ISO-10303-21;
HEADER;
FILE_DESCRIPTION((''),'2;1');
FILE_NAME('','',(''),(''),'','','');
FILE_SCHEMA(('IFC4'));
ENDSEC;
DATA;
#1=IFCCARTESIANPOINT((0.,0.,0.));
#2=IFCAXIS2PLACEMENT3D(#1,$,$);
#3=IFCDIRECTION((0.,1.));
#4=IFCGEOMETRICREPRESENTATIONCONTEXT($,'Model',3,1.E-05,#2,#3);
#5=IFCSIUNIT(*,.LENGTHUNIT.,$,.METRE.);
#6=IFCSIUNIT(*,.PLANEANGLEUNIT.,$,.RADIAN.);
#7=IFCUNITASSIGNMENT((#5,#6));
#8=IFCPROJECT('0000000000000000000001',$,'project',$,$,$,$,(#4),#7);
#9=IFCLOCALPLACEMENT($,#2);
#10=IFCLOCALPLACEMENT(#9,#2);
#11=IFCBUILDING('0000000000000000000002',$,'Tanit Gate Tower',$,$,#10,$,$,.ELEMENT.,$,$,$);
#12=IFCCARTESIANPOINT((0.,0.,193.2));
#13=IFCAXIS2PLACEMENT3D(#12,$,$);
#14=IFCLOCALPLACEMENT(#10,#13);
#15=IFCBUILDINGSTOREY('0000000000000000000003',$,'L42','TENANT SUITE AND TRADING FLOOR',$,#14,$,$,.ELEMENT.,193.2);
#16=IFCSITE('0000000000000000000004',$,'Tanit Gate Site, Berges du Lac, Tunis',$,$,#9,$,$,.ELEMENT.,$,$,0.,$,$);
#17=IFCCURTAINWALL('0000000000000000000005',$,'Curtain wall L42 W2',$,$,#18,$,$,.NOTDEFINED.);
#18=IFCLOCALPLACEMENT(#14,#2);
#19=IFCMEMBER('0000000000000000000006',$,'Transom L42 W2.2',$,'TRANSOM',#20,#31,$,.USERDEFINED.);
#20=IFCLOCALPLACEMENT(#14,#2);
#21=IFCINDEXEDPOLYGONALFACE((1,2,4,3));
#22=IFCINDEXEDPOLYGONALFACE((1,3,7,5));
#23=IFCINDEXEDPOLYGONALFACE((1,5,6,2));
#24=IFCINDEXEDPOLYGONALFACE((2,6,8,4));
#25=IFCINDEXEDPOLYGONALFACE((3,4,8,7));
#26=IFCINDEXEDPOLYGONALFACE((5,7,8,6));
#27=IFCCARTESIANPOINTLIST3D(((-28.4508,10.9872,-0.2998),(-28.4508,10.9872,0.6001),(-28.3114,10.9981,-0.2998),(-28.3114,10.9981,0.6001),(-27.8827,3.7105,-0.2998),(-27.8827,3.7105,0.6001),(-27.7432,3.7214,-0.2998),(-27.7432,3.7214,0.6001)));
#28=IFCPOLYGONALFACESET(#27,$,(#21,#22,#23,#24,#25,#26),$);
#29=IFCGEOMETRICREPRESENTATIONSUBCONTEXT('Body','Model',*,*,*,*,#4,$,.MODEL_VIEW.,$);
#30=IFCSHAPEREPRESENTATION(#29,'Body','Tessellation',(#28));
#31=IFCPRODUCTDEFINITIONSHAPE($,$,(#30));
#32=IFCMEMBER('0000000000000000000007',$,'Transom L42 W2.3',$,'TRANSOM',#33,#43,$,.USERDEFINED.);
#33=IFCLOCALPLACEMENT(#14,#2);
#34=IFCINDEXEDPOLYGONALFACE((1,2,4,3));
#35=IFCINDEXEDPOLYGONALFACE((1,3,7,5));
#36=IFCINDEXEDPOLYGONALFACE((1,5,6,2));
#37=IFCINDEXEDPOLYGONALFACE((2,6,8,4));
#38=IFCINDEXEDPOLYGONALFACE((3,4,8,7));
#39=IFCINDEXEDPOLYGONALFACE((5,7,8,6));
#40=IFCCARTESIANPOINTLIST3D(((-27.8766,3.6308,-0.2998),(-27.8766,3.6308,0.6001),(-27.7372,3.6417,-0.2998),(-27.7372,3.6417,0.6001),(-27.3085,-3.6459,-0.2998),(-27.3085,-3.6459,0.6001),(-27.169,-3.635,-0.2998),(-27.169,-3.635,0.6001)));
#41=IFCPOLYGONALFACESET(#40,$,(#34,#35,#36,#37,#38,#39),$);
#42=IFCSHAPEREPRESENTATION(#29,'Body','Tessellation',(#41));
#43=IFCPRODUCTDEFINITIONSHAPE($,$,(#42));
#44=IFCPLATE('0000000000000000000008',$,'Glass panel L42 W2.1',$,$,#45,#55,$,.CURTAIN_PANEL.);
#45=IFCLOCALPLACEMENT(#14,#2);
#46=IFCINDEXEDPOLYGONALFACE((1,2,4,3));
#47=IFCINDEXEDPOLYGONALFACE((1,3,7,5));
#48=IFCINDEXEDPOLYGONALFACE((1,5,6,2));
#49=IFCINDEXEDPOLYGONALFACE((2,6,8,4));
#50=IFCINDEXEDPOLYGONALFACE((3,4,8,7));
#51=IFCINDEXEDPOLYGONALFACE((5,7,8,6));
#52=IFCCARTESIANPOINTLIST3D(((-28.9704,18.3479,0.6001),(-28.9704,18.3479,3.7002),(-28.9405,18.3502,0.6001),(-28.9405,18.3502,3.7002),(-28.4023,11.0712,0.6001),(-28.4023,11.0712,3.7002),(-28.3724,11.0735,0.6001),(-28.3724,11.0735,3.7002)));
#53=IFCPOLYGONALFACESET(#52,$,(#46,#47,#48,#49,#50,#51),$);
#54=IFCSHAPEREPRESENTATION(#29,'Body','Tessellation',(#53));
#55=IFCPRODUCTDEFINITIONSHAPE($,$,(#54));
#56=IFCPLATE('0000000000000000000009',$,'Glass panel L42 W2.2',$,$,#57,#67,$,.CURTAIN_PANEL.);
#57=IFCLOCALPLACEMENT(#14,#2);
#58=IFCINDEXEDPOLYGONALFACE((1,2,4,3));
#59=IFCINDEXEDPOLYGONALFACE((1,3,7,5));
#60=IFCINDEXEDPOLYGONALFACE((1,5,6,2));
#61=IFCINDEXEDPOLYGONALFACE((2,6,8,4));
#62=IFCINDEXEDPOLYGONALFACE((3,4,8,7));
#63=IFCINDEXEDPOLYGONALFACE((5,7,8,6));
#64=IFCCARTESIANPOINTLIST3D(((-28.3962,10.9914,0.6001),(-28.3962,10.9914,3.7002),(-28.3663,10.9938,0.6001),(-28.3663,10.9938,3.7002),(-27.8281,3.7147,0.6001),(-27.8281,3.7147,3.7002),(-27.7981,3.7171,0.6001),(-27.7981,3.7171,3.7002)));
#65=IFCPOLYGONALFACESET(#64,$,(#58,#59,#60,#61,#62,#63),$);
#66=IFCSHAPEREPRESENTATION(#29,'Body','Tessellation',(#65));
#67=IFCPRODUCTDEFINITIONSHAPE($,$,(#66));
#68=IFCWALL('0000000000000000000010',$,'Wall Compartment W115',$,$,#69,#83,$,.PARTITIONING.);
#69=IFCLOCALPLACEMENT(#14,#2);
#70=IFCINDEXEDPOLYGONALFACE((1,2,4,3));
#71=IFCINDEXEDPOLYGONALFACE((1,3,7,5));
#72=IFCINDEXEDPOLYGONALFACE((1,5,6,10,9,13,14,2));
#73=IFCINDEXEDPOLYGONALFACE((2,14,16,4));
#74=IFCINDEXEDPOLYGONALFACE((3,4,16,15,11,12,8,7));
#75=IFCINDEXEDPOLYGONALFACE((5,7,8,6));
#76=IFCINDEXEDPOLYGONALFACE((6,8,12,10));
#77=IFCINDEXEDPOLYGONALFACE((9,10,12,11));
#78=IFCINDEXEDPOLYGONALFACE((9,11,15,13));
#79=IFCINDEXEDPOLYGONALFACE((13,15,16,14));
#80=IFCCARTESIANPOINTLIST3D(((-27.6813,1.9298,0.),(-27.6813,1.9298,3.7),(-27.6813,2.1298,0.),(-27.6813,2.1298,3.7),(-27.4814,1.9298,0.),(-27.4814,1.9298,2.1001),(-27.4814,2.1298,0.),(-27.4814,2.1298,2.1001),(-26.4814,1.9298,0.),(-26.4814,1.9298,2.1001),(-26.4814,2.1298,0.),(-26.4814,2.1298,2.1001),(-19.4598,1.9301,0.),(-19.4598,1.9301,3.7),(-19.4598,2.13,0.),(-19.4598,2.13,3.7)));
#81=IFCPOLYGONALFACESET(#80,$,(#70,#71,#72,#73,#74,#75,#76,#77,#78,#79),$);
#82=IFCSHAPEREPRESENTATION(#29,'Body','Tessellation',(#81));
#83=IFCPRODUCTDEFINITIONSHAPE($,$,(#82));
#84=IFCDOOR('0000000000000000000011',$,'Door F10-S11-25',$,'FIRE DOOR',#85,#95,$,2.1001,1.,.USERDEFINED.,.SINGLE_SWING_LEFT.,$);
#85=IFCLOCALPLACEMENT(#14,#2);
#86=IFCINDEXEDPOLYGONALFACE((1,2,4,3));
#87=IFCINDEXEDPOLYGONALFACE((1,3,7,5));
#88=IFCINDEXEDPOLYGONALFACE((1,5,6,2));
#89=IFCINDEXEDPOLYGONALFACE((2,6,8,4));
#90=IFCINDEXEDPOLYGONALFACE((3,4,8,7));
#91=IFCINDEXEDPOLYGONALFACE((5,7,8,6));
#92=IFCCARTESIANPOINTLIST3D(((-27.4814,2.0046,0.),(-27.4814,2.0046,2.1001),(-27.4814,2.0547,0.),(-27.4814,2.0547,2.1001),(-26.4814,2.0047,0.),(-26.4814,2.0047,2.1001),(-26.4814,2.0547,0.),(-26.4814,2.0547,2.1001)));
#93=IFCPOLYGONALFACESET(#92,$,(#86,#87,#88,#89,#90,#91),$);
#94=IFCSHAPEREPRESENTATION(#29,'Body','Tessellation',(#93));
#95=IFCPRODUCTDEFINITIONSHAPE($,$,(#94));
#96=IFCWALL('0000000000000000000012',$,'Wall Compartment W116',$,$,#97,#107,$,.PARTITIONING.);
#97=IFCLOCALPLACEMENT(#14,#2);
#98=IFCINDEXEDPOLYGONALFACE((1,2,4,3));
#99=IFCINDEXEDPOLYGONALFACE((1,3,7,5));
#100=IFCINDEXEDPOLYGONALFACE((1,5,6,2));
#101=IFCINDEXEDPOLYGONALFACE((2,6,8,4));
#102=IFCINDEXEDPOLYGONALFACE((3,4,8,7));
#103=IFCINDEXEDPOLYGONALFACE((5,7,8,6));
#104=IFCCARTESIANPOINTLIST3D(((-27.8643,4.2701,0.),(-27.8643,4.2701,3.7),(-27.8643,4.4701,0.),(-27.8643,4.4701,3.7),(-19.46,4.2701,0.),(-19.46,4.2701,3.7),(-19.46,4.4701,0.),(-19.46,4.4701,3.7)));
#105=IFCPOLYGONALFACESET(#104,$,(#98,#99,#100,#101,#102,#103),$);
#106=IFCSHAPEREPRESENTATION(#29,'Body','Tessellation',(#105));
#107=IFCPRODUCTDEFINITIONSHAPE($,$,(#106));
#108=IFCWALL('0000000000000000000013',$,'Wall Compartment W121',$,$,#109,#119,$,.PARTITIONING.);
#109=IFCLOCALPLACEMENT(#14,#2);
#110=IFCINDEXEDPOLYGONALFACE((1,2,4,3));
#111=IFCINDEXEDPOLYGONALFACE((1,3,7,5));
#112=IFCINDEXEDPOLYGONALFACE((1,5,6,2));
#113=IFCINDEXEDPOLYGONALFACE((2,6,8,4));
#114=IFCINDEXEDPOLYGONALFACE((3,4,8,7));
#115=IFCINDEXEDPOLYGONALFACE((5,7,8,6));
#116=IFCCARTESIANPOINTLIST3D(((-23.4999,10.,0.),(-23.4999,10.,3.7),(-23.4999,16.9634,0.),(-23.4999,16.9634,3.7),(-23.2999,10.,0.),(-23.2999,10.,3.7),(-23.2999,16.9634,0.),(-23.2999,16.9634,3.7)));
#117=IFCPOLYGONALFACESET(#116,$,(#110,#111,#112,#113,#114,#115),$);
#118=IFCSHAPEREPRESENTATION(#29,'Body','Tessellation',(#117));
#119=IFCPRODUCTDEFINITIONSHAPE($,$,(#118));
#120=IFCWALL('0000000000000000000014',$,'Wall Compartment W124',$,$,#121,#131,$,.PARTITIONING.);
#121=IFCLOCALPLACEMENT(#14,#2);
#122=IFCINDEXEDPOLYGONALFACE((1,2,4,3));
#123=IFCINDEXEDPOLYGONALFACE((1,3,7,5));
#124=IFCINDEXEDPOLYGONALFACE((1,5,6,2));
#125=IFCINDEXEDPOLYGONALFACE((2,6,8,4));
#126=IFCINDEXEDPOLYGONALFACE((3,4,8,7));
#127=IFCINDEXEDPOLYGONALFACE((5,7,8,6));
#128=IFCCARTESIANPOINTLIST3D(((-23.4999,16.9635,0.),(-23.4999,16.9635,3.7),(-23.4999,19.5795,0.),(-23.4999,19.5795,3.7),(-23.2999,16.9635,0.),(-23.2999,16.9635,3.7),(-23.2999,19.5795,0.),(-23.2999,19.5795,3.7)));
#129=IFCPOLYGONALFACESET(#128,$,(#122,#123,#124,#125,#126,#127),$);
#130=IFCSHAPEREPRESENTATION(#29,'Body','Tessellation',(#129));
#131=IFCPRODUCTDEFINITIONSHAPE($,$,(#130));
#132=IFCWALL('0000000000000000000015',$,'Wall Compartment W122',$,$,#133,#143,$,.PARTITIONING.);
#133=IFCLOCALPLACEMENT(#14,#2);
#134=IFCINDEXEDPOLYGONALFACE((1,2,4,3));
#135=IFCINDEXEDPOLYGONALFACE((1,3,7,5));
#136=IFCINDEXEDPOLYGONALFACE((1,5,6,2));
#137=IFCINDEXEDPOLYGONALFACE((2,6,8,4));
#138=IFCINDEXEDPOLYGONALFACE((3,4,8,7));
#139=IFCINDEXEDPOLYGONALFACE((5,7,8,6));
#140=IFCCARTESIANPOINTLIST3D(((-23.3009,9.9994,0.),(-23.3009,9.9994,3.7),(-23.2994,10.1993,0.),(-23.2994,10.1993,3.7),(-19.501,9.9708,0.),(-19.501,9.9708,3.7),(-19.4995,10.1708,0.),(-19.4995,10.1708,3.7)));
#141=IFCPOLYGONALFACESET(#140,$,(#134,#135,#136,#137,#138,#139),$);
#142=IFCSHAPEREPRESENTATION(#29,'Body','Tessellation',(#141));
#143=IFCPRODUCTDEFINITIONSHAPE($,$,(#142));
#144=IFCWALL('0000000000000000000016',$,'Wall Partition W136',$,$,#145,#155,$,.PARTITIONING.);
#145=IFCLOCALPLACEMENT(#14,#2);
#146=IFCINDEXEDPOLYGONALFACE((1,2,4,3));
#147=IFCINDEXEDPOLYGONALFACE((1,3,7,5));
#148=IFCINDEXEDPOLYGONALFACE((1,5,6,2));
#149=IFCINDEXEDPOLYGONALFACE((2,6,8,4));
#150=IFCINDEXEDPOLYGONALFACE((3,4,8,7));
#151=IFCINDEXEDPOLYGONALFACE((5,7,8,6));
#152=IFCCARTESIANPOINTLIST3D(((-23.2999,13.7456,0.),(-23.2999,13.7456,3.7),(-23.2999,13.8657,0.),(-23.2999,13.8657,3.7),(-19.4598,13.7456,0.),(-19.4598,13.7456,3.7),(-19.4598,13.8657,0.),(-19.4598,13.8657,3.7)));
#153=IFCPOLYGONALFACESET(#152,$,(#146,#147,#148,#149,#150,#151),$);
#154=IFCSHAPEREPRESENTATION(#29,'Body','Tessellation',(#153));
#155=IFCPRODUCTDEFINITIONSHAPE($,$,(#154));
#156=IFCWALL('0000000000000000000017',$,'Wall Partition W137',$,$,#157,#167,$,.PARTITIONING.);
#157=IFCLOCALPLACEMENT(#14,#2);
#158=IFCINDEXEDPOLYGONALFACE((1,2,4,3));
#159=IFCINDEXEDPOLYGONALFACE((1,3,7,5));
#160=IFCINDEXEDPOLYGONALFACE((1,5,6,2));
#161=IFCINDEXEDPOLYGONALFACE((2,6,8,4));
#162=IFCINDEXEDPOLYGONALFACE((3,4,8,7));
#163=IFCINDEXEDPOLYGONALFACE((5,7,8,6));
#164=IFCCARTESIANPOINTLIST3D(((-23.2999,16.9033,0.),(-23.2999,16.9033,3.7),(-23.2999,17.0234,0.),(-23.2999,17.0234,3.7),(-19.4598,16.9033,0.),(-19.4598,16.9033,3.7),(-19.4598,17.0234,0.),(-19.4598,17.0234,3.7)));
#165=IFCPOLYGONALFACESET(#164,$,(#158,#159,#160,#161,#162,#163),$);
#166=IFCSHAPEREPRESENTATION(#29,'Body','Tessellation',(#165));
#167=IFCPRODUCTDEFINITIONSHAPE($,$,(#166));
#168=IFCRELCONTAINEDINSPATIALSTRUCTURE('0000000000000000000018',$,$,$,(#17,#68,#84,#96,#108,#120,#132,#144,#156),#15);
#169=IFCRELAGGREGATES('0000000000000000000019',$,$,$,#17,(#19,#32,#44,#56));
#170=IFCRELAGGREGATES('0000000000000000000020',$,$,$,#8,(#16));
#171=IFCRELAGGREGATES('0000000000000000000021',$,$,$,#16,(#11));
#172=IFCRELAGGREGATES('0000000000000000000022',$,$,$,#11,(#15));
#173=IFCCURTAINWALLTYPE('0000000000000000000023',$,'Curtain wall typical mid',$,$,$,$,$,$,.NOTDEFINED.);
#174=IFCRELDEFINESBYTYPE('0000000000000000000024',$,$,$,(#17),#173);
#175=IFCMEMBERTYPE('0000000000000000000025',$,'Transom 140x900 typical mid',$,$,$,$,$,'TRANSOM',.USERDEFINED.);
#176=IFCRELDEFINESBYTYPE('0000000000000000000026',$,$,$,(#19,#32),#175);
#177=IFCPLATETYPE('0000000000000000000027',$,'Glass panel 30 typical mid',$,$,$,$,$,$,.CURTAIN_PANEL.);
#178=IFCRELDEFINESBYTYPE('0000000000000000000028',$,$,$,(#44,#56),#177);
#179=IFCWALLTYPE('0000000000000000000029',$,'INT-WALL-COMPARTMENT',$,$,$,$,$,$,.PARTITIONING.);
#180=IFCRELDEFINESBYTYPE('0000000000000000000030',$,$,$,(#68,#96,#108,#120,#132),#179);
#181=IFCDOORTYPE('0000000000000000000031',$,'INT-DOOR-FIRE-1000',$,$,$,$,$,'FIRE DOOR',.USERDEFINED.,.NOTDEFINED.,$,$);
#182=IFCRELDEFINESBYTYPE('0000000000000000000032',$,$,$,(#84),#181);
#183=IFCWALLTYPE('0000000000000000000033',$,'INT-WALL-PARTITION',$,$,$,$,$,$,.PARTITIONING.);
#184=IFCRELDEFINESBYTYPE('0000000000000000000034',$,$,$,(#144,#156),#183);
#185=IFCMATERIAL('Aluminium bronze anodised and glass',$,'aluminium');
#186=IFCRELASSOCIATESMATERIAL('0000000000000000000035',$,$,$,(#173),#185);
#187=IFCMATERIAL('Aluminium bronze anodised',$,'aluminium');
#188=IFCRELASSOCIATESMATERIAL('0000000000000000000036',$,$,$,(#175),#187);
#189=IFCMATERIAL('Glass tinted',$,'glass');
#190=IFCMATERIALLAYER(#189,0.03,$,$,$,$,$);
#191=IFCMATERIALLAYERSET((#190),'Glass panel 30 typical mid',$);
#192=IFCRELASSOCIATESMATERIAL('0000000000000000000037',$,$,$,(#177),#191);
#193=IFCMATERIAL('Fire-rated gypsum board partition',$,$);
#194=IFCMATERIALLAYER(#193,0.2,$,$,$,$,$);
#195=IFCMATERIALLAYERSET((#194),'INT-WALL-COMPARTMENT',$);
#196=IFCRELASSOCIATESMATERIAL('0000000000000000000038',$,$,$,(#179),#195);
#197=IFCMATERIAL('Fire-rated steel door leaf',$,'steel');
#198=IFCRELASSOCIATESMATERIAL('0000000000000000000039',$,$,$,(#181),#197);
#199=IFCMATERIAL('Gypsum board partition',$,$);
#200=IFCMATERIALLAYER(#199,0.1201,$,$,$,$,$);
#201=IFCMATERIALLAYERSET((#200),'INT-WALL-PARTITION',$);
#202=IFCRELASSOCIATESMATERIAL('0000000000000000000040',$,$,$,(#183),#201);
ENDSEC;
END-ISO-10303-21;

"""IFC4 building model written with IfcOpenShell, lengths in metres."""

from ifc_helpers import new_model, si_unit, direction, frame, frame_2d, origin, origin_2d, place, context, subcontext, project, spatial, rectangle, extrude, material, layer, layer_set, material_profile, profile_set, type_object, element, fill, aggregate, save


model = new_model("IFC4")

# Units and contexts
model_context = context("Model", 3, precision=1e-05, world=origin(), true_north=direction((0.0, 1.0)))
body_context = subcontext(model_context, "Body", "Model", "MODEL_VIEW")
ifc_project = project(units=[si_unit("LENGTHUNIT", "METRE"), si_unit("PLANEANGLEUNIT", "RADIAN")], contexts=[model_context])

# Site, building, storey
site_placement = place(None, origin())
site = spatial("IfcSite", under=ifc_project, at=site_placement, Name="Tanit Gate Site, Berges du Lac, Tunis", CompositionType="ELEMENT", RefElevation=0.0)
building_placement = place(site_placement, origin())
building = spatial("IfcBuilding", under=site, at=building_placement, Name="Tanit Gate Tower", CompositionType="ELEMENT")
storey_placement = place(building_placement, frame((0.0, 0.0, 193.2)))
storey = spatial("IfcBuildingStorey", under=building, at=storey_placement, Name="L42", Description="TENANT SUITE AND TRADING FLOOR", CompositionType="ELEMENT", Elevation=193.2)

# Curtain wall
ifc_material_1 = material(Name="Aluminium bronze anodised and glass", Category="aluminium")
curtain_wall_type = type_object("IfcCurtainWallType", Name="Curtain wall typical mid", PredefinedType="NOTDEFINED", material=ifc_material_1)
curtain_wall_1_placement = place(storey_placement, origin())
curtain_wall_1 = element("IfcCurtainWall", 1, at=curtain_wall_1_placement, inside=storey, type_object=curtain_wall_type, Name="Curtain wall L42 W2", PredefinedType="NOTDEFINED")

# Members
ifc_material_2 = material(Name="Aluminium bronze anodised", Category="aluminium")
ifc_material_profile_1 = material_profile(ifc_material_2, rectangle(XDim=0.1399, YDim=0.8999, at=origin_2d()), Name="140x900 bronze transom")
ifc_profile_set_1 = profile_set([ifc_material_profile_1], Name="Aluminium bronze anodised")
member_type_1 = type_object("IfcMemberType", Name="Transom 140x900 typical mid", ElementType="TRANSOM", PredefinedType="USERDEFINED", material=ifc_profile_set_1)
member_1_placement = place(storey_placement, frame((-28.3811, 10.9927, 0.1501), z_axis=(0.077837, -0.996966, 0.0), x_axis=(0.996966, 0.077837, 0.0)))
member_1 = element("IfcMember", 2, at=member_1_placement, type_object=member_type_1, Name="Transom L42 W2.2", ObjectType="TRANSOM", PredefinedType="USERDEFINED", context=body_context, shape_type="SweptSolid", body=[
    extrude(rectangle(XDim=0.1399, YDim=0.8999, at=origin_2d()), origin(), (0.0, 0.0, 1.0), 7.2988),
])
member_2_placement = place(storey_placement, frame((-27.8069, 3.6362, 0.1501), z_axis=(0.077837, -0.996966, 0.0), x_axis=(0.996966, 0.077837, 0.0)))
member_2 = element("IfcMember", 3, at=member_2_placement, type_object=member_type_1, Name="Transom L42 W2.3", ObjectType="TRANSOM", PredefinedType="USERDEFINED", context=body_context, shape_type="SweptSolid", body=[
    extrude(rectangle(XDim=0.1399, YDim=0.8999, at=origin_2d()), origin(), (0.0, 0.0, 1.0), 7.2988),
])

# Plates
ifc_material_3 = material(Name="Glass tinted", Category="glass")
ifc_layer_1 = layer(ifc_material_3, 0.03)
ifc_layer_set_1 = layer_set([ifc_layer_1], Name="Glass panel 30 typical mid")
plate_type = type_object("IfcPlateType", Name="Glass panel 30 typical mid", PredefinedType="CURTAIN_PANEL", material=ifc_layer_set_1)
plate_1_placement = place(storey_placement, frame((-28.6714, 14.7107, 0.6001), z_axis=(0.0, 0.0, 1.0), x_axis=(0.077839, -0.996966, 0.0)))
plate_1 = element("IfcPlate", 4, at=plate_1_placement, type_object=plate_type, Name="Glass panel L42 W2.1", PredefinedType="CURTAIN_PANEL", context=body_context, shape_type="SweptSolid", body=[
    extrude(rectangle(XDim=7.2988, YDim=0.03, at=origin_2d()), origin(), (0.0, 0.0, 1.0), 3.1001),
])
plate_2_placement = place(storey_placement, frame((-28.0972, 7.3542, 0.6001), z_axis=(0.0, 0.0, 1.0), x_axis=(0.077839, -0.996966, 0.0)))
plate_2 = element("IfcPlate", 5, at=plate_2_placement, type_object=plate_type, Name="Glass panel L42 W2.2", PredefinedType="CURTAIN_PANEL", context=body_context, shape_type="SweptSolid", body=[
    extrude(rectangle(XDim=7.2988, YDim=0.03, at=origin_2d()), origin(), (0.0, 0.0, 1.0), 3.1001),
])
aggregate(curtain_wall_1, [member_1, member_2, plate_1, plate_2])

# Wall, opening, door
ifc_material_4 = material(Name="Fire-rated gypsum board partition")
ifc_layer_2 = layer(ifc_material_4, 0.2)
ifc_layer_set_2 = layer_set([ifc_layer_2], Name="INT-WALL-COMPARTMENT")
wall_type_1 = type_object("IfcWallType", Name="INT-WALL-COMPARTMENT", PredefinedType="PARTITIONING", material=ifc_layer_set_2)
wall_1_placement = place(storey_placement, frame((-27.6814, 2.0298, 0.0), z_axis=(0.0, 0.0, 1.0), x_axis=(1.0, 0.00003, 0.0)))
wall_1 = element("IfcWall", 6, at=wall_1_placement, inside=storey, type_object=wall_type_1, Name="Wall Compartment W115", PredefinedType="PARTITIONING", context=body_context, shape_type="SweptSolid", body=[
    extrude(rectangle(XDim=8.2214, YDim=0.2, at=frame_2d((4.1108, 0.0))), origin(), (0.0, 0.0, 1.0), 3.7),
])
opening_placement = place(wall_1_placement, frame((0.2, 0.0, 0.0)))
opening = element("IfcOpeningElement", 7, at=opening_placement, cuts=wall_1, PredefinedType="OPENING", context=body_context, shape_type="SweptSolid", body=[
    extrude(rectangle(XDim=1.0, YDim=2.1001, at=frame_2d((0.5, 1.05))), frame((0.0, 0.1099, 0.0), z_axis=(0.0, -1.0, 0.0), x_axis=(1.0, 0.0, 0.0)), (0.0, 0.0, 1.0), 0.22),
])
ifc_material_5 = material(Name="Fire-rated steel door leaf", Category="steel")
door_type = type_object("IfcDoorType", Name="INT-DOOR-FIRE-1000", ElementType="FIRE DOOR", OperationType="NOTDEFINED", PredefinedType="USERDEFINED", material=ifc_material_5)
door_placement = place(opening_placement, origin())
door = element("IfcDoor", 8, at=door_placement, inside=storey, type_object=door_type, Name="Door F10-S11-25", ObjectType="FIRE DOOR", OperationType="SINGLE_SWING_LEFT", OverallHeight=2.1001, OverallWidth=1.0, PredefinedType="USERDEFINED", context=body_context, shape_type="SweptSolid", body=[
    extrude(rectangle(XDim=1.0, YDim=2.1001, at=frame_2d((0.5, 1.05))), frame((0.0, 0.0249, 0.0), z_axis=(0.0, -1.0, 0.0), x_axis=(1.0, 0.0, 0.0)), (0.0, 0.0, 1.0), 0.05),
])
fill(opening, door)

# Walls
wall_2_placement = place(storey_placement, frame((-19.46, 4.3701, 0.0), z_axis=(0.0, 0.0, 1.0), x_axis=(-1.0, 0.0, 0.0)))
element("IfcWall", 9, at=wall_2_placement, inside=storey, type_object=wall_type_1, Name="Wall Compartment W116", PredefinedType="PARTITIONING", context=body_context, shape_type="SweptSolid", body=[
    extrude(rectangle(XDim=8.4043, YDim=0.2, at=frame_2d((4.2021, 0.0))), origin(), (0.0, 0.0, 1.0), 3.7),
])
wall_3_placement = place(storey_placement, frame((-23.3999, 10.0, 0.0), z_axis=(0.0, 0.0, 1.0), x_axis=(0.0, 1.0, 0.0)))
element("IfcWall", 10, at=wall_3_placement, inside=storey, type_object=wall_type_1, Name="Wall Compartment W121", PredefinedType="PARTITIONING", context=body_context, shape_type="SweptSolid", body=[
    extrude(rectangle(XDim=6.9634, YDim=0.2, at=frame_2d((3.4817, 0.0))), origin(), (0.0, 0.0, 1.0), 3.7),
])
wall_4_placement = place(storey_placement, frame((-23.3999, 16.9634, 0.0), z_axis=(0.0, 0.0, 1.0), x_axis=(0.0, 1.0, 0.0)))
element("IfcWall", 11, at=wall_4_placement, inside=storey, type_object=wall_type_1, Name="Wall Compartment W124", PredefinedType="PARTITIONING", context=body_context, shape_type="SweptSolid", body=[
    extrude(rectangle(XDim=2.616, YDim=0.2, at=frame_2d((1.3081, 0.0))), origin(), (0.0, 0.0, 1.0), 3.7),
])
wall_5_placement = place(storey_placement, frame((-23.3, 10.0994, 0.0), z_axis=(0.0, 0.0, 1.0), x_axis=(0.999972, -0.007517, 0.0)))
element("IfcWall", 12, at=wall_5_placement, inside=storey, type_object=wall_type_1, Name="Wall Compartment W122", PredefinedType="PARTITIONING", context=body_context, shape_type="SweptSolid", body=[
    extrude(rectangle(XDim=3.8, YDim=0.2, at=frame_2d((1.8999, 0.0))), origin(), (0.0, 0.0, 1.0), 3.7),
])
ifc_material_6 = material(Name="Gypsum board partition")
ifc_layer_3 = layer(ifc_material_6, 0.1201)
ifc_layer_set_3 = layer_set([ifc_layer_3], Name="INT-WALL-PARTITION")
wall_type_2 = type_object("IfcWallType", Name="INT-WALL-PARTITION", PredefinedType="PARTITIONING", material=ifc_layer_set_3)
for number, where, z_axis, x_axis, name in (
    (13, (-19.46, 13.8057, 0.0), (0.0, 0.0, 1.0), (-1.0, 0.0, 0.0), "Wall Partition W136"),
    (14, (-19.46, 16.9634, 0.0), (0.0, 0.0, 1.0), (-1.0, 0.0, 0.0), "Wall Partition W137"),
):
    element("IfcWall", number, at=place(storey_placement, frame(where, z_axis=z_axis, x_axis=x_axis)), inside=storey, type_object=wall_type_2, Name=name, PredefinedType="PARTITIONING", context=body_context, shape_type="SweptSolid", body=[
        extrude(rectangle(XDim=3.8401, YDim=0.1201, at=frame_2d((1.9199, 0.0))), origin(), (0.0, 0.0, 1.0), 3.7),
    ])

save(model, "model.ifc")
